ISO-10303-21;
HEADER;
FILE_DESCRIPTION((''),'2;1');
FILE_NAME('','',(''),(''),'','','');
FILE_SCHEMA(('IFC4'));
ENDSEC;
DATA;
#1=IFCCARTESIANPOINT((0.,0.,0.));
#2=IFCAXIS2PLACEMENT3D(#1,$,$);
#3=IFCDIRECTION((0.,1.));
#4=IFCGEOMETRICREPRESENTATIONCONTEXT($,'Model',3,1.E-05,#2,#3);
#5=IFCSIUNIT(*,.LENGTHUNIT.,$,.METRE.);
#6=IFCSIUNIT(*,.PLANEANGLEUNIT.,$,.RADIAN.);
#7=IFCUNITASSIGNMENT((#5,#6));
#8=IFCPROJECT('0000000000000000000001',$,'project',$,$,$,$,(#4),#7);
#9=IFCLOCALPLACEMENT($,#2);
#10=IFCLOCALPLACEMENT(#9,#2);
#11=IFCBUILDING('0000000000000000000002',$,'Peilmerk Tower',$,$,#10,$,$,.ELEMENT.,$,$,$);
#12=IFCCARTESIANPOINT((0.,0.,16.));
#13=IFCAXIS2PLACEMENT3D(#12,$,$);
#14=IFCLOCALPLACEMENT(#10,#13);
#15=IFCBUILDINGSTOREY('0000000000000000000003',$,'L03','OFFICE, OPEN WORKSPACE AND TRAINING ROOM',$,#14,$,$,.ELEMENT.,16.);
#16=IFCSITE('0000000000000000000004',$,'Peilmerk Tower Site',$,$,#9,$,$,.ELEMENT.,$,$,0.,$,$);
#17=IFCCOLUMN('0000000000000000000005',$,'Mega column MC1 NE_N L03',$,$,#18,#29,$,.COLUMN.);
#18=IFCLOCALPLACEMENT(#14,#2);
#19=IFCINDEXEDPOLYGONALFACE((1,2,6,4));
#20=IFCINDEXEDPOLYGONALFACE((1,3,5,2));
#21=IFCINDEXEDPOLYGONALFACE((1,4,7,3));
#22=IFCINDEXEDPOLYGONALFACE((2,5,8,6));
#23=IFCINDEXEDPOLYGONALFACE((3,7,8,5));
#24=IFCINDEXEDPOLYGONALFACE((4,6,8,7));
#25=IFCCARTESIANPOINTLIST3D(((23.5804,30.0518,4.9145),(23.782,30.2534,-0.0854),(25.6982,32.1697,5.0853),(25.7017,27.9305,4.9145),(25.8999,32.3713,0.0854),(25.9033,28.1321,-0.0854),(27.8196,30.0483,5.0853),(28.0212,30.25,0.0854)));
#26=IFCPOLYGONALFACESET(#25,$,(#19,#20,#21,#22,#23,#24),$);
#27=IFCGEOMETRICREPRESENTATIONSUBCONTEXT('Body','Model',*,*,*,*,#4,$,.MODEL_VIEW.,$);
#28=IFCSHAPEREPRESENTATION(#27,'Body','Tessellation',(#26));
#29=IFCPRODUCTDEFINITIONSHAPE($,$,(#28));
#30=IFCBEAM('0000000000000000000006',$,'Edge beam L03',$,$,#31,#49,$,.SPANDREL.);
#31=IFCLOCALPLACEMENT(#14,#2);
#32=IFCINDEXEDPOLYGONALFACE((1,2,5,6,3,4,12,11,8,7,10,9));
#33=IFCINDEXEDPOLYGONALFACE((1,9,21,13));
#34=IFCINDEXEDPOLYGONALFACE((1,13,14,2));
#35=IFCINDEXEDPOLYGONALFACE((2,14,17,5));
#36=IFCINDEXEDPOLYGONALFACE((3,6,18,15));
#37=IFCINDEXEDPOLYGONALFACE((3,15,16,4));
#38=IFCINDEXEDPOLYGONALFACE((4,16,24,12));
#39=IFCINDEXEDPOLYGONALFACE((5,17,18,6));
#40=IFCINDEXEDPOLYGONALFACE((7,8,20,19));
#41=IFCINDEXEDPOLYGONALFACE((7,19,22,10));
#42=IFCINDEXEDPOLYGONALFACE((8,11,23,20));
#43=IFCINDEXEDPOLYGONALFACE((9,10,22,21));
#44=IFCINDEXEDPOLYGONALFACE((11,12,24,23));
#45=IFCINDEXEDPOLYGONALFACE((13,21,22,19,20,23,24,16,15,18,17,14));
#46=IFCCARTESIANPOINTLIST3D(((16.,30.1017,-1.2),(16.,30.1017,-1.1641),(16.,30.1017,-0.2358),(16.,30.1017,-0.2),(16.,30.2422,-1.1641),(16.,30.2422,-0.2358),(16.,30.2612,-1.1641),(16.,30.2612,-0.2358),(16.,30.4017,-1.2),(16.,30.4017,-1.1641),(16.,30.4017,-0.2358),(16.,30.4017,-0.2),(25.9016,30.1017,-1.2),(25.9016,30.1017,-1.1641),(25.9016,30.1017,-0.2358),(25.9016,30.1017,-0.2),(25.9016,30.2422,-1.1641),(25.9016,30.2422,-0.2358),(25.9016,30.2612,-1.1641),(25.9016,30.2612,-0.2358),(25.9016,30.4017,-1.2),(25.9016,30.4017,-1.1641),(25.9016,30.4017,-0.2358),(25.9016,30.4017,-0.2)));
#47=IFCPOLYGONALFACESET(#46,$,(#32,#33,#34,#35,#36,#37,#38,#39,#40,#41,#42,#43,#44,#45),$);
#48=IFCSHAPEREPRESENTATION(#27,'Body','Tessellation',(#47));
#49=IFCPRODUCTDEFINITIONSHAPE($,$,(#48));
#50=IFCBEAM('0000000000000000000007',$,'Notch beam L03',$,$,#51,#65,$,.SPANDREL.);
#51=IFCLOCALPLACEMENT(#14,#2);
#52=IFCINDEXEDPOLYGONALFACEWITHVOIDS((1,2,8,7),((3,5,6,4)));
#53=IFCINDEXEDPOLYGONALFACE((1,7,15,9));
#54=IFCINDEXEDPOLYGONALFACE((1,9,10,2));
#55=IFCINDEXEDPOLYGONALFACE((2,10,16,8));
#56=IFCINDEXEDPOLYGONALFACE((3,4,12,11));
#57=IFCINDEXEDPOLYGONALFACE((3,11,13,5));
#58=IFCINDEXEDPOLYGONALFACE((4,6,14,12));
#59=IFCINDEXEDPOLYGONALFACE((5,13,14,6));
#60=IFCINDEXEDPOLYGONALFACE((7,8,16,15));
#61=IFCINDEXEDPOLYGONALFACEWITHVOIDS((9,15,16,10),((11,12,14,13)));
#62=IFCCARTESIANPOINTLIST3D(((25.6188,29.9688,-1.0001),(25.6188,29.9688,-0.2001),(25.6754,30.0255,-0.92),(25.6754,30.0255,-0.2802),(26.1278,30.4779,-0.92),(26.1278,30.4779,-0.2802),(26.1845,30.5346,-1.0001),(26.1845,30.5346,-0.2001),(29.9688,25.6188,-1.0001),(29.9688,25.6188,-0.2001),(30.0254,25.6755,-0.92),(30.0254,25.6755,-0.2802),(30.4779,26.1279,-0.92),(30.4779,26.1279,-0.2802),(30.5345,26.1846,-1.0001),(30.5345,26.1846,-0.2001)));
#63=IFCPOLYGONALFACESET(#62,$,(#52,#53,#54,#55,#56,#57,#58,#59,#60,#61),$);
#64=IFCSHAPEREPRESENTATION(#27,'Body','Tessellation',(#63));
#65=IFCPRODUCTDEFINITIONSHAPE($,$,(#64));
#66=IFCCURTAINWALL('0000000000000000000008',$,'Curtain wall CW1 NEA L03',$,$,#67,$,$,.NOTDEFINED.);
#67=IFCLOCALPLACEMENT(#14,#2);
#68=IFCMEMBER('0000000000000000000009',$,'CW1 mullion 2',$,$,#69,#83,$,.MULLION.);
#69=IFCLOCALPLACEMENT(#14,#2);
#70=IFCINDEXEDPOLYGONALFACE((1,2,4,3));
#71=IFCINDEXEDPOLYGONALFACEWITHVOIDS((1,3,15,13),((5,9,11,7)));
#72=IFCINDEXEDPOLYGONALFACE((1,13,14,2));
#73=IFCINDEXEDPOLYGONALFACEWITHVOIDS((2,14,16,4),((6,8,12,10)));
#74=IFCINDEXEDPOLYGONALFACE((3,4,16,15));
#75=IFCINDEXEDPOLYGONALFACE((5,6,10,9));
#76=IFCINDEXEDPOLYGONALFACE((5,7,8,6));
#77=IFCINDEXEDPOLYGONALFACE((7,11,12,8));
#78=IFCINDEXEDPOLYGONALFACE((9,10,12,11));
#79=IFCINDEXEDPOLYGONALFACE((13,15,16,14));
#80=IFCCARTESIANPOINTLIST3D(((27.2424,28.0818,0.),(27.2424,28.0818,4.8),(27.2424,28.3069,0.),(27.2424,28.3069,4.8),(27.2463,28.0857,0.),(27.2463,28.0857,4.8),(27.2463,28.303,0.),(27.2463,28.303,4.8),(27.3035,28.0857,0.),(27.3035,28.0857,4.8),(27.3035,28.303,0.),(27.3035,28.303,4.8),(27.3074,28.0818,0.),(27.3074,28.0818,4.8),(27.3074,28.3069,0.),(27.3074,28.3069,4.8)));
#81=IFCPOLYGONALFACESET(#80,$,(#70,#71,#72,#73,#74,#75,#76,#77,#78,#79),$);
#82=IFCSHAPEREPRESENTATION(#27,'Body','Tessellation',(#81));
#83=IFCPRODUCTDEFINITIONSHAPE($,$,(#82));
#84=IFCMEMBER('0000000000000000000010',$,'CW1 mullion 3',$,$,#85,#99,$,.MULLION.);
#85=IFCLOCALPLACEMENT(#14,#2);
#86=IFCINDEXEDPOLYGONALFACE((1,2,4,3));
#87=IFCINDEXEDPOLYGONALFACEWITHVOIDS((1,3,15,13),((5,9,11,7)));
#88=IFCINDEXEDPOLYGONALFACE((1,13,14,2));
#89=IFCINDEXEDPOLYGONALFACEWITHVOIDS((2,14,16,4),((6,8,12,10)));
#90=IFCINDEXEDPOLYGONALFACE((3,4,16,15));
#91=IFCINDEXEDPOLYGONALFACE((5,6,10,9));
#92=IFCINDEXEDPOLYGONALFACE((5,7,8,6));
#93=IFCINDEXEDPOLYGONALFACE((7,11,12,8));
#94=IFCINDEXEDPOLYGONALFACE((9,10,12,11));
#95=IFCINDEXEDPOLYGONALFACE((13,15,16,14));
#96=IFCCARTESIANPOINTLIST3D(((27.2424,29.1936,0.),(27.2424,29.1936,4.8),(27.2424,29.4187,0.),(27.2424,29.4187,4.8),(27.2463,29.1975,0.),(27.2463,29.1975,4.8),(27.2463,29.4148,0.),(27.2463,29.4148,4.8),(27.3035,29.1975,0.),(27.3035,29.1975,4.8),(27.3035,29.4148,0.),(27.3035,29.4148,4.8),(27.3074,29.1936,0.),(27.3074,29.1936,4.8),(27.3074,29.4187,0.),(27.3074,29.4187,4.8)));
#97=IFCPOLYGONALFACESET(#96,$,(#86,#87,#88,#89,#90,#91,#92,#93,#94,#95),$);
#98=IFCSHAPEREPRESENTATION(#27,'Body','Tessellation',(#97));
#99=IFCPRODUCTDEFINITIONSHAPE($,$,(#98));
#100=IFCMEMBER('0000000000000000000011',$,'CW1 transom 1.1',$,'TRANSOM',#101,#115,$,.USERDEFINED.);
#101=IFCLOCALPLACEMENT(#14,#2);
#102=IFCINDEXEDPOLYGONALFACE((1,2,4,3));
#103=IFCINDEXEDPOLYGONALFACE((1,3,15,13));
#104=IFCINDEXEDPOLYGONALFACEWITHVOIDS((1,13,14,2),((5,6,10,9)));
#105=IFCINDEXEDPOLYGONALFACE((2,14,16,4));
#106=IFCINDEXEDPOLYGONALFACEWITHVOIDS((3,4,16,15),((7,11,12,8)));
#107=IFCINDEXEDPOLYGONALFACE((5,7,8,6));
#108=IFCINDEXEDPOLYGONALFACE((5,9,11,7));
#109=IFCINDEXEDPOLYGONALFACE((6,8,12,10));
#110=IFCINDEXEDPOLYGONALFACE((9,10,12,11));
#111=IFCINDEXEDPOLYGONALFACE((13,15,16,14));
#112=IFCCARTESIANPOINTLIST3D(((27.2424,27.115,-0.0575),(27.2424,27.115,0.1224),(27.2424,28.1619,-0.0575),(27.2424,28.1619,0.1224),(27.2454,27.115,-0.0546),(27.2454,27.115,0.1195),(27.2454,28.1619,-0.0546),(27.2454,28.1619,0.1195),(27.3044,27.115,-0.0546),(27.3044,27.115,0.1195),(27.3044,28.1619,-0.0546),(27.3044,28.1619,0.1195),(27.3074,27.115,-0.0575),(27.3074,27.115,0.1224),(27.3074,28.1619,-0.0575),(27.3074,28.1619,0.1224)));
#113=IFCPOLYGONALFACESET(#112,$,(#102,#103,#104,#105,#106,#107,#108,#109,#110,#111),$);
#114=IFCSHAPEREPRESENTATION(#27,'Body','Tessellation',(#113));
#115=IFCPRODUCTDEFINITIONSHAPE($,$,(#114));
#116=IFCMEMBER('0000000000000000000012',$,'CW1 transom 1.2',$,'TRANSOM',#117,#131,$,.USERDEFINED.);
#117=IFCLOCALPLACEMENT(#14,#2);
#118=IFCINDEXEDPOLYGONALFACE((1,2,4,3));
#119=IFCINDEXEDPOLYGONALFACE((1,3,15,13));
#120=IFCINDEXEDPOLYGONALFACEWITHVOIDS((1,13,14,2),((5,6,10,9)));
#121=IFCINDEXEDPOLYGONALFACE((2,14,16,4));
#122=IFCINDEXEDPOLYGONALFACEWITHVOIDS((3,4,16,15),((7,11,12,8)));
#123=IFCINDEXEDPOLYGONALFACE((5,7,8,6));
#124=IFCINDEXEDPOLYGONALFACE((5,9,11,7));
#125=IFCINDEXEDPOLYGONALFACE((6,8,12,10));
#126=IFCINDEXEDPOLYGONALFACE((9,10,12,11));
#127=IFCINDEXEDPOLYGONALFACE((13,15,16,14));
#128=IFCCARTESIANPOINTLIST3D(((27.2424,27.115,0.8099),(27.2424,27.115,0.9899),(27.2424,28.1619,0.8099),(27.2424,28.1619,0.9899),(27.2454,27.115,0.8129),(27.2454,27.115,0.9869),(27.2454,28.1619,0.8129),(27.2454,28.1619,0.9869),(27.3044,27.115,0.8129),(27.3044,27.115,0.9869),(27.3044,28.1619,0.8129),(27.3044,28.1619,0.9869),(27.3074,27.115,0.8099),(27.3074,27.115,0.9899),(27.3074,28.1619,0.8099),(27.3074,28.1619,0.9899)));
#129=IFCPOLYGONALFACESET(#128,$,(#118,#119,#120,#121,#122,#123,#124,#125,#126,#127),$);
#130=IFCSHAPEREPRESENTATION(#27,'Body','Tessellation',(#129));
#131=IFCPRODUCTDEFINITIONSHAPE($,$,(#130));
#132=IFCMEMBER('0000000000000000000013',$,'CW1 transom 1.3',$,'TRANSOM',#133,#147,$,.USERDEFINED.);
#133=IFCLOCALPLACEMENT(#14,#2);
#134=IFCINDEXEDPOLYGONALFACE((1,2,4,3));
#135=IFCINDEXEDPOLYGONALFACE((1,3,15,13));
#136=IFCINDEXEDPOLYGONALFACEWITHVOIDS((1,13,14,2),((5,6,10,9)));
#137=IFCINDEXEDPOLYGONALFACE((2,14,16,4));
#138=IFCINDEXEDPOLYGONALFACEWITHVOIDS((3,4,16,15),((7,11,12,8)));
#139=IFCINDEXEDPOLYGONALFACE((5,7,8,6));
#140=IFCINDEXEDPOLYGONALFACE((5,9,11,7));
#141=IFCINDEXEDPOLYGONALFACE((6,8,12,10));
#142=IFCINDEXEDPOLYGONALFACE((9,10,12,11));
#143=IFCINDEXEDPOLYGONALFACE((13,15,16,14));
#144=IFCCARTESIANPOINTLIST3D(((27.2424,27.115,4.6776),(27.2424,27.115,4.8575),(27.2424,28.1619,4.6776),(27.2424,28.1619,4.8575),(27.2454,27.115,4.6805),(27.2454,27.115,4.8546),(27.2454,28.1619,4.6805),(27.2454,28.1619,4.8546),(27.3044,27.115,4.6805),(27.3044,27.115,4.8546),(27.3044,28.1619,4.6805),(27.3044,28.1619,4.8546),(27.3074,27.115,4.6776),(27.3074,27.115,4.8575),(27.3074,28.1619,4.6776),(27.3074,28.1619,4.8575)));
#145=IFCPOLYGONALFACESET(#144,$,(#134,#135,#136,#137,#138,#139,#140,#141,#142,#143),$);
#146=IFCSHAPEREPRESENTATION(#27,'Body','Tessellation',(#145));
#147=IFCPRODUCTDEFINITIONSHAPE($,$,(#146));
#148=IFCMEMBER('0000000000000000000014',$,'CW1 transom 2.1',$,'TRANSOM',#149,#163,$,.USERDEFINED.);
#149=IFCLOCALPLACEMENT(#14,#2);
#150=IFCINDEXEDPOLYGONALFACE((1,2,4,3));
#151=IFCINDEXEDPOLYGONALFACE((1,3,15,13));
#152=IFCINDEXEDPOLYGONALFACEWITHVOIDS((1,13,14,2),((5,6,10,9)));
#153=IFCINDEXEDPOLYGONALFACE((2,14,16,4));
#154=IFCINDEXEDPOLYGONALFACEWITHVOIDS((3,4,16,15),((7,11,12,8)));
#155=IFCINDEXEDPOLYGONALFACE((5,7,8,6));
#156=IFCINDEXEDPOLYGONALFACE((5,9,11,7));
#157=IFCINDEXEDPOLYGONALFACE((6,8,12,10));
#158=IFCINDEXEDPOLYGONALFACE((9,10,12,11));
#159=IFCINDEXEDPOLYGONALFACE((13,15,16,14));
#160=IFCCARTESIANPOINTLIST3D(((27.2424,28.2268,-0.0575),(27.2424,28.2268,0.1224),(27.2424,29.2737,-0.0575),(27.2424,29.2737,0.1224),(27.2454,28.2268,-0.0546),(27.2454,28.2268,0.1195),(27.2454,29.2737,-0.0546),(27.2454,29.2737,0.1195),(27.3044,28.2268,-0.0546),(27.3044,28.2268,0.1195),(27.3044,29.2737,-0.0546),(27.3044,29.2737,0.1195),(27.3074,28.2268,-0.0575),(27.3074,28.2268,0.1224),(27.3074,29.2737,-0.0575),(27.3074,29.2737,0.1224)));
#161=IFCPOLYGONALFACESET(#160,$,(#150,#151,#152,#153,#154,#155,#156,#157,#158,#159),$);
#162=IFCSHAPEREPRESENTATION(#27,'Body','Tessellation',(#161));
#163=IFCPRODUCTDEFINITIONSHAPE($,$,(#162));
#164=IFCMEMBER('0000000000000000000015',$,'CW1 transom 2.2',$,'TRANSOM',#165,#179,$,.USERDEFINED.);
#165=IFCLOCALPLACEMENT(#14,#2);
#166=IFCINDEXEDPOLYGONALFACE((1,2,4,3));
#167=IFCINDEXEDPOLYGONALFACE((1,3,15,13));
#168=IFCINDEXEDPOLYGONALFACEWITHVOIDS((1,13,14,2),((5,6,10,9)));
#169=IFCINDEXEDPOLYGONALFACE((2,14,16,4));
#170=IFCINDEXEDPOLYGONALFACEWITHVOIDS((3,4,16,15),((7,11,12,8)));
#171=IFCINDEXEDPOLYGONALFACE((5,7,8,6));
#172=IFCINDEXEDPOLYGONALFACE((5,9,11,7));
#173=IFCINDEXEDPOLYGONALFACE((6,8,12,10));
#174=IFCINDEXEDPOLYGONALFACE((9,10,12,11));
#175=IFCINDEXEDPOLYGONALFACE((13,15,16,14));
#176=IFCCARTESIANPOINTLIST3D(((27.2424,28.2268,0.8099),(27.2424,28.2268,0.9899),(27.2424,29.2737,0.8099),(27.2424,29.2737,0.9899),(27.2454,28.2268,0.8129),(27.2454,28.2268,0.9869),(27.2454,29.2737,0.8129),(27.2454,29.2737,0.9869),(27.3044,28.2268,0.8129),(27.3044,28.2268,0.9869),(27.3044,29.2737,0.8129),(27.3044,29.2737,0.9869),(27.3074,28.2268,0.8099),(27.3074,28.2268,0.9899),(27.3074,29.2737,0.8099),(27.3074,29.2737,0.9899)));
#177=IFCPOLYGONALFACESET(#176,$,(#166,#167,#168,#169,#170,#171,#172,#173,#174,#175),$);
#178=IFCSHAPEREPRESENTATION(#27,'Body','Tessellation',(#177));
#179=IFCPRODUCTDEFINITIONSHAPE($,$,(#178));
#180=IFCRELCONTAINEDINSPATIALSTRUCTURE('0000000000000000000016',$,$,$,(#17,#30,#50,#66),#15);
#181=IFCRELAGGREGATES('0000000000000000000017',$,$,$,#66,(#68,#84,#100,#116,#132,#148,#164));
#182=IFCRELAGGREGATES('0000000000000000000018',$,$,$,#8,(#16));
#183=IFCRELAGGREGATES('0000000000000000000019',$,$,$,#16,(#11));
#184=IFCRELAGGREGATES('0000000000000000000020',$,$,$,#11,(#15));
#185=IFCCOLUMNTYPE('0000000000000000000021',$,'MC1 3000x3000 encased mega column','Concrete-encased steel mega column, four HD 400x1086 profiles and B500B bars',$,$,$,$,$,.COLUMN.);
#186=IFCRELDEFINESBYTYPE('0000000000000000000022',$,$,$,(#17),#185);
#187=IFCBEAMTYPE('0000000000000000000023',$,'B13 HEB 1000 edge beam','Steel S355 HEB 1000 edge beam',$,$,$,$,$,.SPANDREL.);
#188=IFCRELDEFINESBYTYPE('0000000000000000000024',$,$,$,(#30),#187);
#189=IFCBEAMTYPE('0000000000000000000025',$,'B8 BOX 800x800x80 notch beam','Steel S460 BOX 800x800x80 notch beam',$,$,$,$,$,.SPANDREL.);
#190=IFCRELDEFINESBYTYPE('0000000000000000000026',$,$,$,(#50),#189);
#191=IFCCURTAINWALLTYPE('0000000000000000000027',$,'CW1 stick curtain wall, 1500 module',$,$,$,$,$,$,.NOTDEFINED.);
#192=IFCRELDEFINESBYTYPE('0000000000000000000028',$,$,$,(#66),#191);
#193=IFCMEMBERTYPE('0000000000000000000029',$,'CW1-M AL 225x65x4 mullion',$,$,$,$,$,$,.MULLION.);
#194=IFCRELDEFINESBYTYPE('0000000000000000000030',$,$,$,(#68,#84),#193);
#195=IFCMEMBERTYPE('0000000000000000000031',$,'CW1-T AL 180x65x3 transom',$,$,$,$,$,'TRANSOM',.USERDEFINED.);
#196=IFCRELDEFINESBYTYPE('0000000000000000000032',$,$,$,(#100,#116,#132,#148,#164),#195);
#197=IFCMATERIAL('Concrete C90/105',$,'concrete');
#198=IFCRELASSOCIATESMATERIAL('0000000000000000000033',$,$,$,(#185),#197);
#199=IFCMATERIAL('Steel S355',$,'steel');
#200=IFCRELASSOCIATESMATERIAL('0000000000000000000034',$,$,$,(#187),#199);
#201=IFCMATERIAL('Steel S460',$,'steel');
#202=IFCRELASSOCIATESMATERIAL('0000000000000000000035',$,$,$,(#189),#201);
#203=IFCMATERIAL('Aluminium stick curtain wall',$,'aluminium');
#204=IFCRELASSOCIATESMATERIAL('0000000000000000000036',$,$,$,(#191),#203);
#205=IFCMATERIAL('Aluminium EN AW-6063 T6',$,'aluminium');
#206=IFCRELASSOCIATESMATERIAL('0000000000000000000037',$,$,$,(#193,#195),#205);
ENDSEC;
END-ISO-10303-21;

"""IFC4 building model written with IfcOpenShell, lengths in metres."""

from ifc_helpers import new_model, si_unit, direction, frame, origin, origin_2d, place, context, subcontext, project, spatial, rectangle, hollow_rectangle, i_section, extrude, material, material_profile, profile_set, type_object, element, aggregate, save


model = new_model("IFC4")

# Units and contexts
model_context = context("Model", 3, precision=1e-05, world=origin(), true_north=direction((0.0, 1.0)))
body_context = subcontext(model_context, "Body", "Model", "MODEL_VIEW")
ifc_project = project(units=[si_unit("LENGTHUNIT", "METRE"), si_unit("PLANEANGLEUNIT", "RADIAN")], contexts=[model_context])

# Site, building, storey
site_placement = place(None, origin())
site = spatial("IfcSite", under=ifc_project, at=site_placement, Name="Peilmerk Tower Site", CompositionType="ELEMENT", RefElevation=0.0)
building_placement = place(site_placement, origin())
building = spatial("IfcBuilding", under=site, at=building_placement, Name="Peilmerk Tower", CompositionType="ELEMENT")
storey_placement = place(building_placement, frame((0.0, 0.0, 16.0)))
storey = spatial("IfcBuildingStorey", under=building, at=storey_placement, Name="L03", Description="OFFICE, OPEN WORKSPACE AND TRAINING ROOM", CompositionType="ELEMENT", Elevation=16.0)

# Column
ifc_material_1 = material(Name="Concrete C90/105", Category="concrete")
ifc_material_profile_1 = material_profile(ifc_material_1, rectangle(XDim=3.0, YDim=3.0, at=origin_2d()), Name="RC 3000x3000")
ifc_profile_set_1 = profile_set([ifc_material_profile_1], Name="Concrete C90/105")
column_type = type_object("IfcColumnType", Name="MC1 3000x3000 encased mega column", Description="Concrete-encased steel mega column, four HD 400x1086 profiles and B500B bars", PredefinedType="COLUMN", material=ifc_profile_set_1)
column_placement = place(storey_placement, frame((25.9016, 30.2517, 0.0), z_axis=(-0.040267, -0.040267, 0.998377), x_axis=(0.707107, -0.707107, 0.0)))
element("IfcColumn", 1, at=column_placement, inside=storey, type_object=column_type, Name="Mega column MC1 NE_N L03", PredefinedType="COLUMN", context=body_context, shape_type="SweptSolid", body=[
    extrude(rectangle(XDim=3.0, YDim=3.0, at=origin_2d()), origin(), (0.0, 0.0, 1.0), 5.0081),
])

# Beams
ifc_material_2 = material(Name="Steel S355", Category="steel")
ifc_material_profile_2 = material_profile(ifc_material_2, i_section(OverallWidth=0.3, OverallDepth=1.0, WebThickness=0.019, FlangeThickness=0.0359, at=origin_2d()), Name="HEB 1000")
ifc_profile_set_2 = profile_set([ifc_material_profile_2], Name="Steel S355")
beam_type_1 = type_object("IfcBeamType", Name="B13 HEB 1000 edge beam", Description="Steel S355 HEB 1000 edge beam", PredefinedType="SPANDREL", material=ifc_profile_set_2)
beam_1_placement = place(storey_placement, frame((25.9016, 30.2517, -0.7), z_axis=(-1.0, 0.0, 0.0), x_axis=(0.0, -1.0, 0.0)))
element("IfcBeam", 2, at=beam_1_placement, inside=storey, type_object=beam_type_1, Name="Edge beam L03", PredefinedType="SPANDREL", context=body_context, shape_type="SweptSolid", body=[
    extrude(i_section(OverallWidth=0.3, OverallDepth=1.0, WebThickness=0.019, FlangeThickness=0.0359, at=origin_2d()), origin(), (0.0, 0.0, 1.0), 9.9016),
])
ifc_material_3 = material(Name="Steel S460", Category="steel")
ifc_material_profile_3 = material_profile(ifc_material_3, hollow_rectangle(XDim=0.8, YDim=0.8, WallThickness=0.0801, at=origin_2d()), Name="BOX 800x800x80")
ifc_profile_set_3 = profile_set([ifc_material_profile_3], Name="Steel S460")
beam_type_2 = type_object("IfcBeamType", Name="B8 BOX 800x800x80 notch beam", Description="Steel S460 BOX 800x800x80 notch beam", PredefinedType="SPANDREL", material=ifc_profile_set_3)
beam_2_placement = place(storey_placement, frame((25.9016, 30.2517, -0.6001), z_axis=(0.707107, -0.707107, 0.0), x_axis=(0.707107, 0.707107, 0.0)))
element("IfcBeam", 3, at=beam_2_placement, inside=storey, type_object=beam_type_2, Name="Notch beam L03", PredefinedType="SPANDREL", context=body_context, shape_type="SweptSolid", body=[
    extrude(hollow_rectangle(XDim=0.8, YDim=0.8, WallThickness=0.0801, at=origin_2d()), origin(), (0.0, 0.0, 1.0), 6.1519),
])

# Curtain wall, members
ifc_material_4 = material(Name="Aluminium stick curtain wall", Category="aluminium")
curtain_wall_type = type_object("IfcCurtainWallType", Name="CW1 stick curtain wall, 1500 module", PredefinedType="NOTDEFINED", material=ifc_material_4)
curtain_wall_placement = place(storey_placement, origin())
curtain_wall = element("IfcCurtainWall", 4, at=curtain_wall_placement, inside=storey, type_object=curtain_wall_type, Name="Curtain wall CW1 NEA L03", PredefinedType="NOTDEFINED")
ifc_material_5 = material(Name="Aluminium EN AW-6063 T6", Category="aluminium")
ifc_material_profile_4 = material_profile(ifc_material_5, hollow_rectangle(XDim=0.0649, YDim=0.2251, WallThickness=0.0039, at=origin_2d()), Name="AL 225x65x4")
ifc_profile_set_4 = profile_set([ifc_material_profile_4], Name="Aluminium EN AW-6063 T6")
member_type_1 = type_object("IfcMemberType", Name="CW1-M AL 225x65x4 mullion", PredefinedType="MULLION", material=ifc_profile_set_4)
member_1_placement = place(storey_placement, frame((27.2749, 28.1943, 0.0), z_axis=(0.0, 0.0, 1.0), x_axis=(-1.0, 0.0, 0.0)))
member_1 = element("IfcMember", 5, at=member_1_placement, type_object=member_type_1, Name="CW1 mullion 2", PredefinedType="MULLION", context=body_context, shape_type="SweptSolid", body=[
    extrude(hollow_rectangle(XDim=0.0649, YDim=0.2251, WallThickness=0.0039, at=origin_2d()), origin(), (0.0, 0.0, 1.0), 4.8),
])
member_2_placement = place(storey_placement, frame((27.2749, 29.3062, 0.0), z_axis=(0.0, 0.0, 1.0), x_axis=(-1.0, 0.0, 0.0)))
member_2 = element("IfcMember", 6, at=member_2_placement, type_object=member_type_1, Name="CW1 mullion 3", PredefinedType="MULLION", context=body_context, shape_type="SweptSolid", body=[
    extrude(hollow_rectangle(XDim=0.0649, YDim=0.2251, WallThickness=0.0039, at=origin_2d()), origin(), (0.0, 0.0, 1.0), 4.8),
])
ifc_material_profile_5 = material_profile(ifc_material_5, hollow_rectangle(XDim=0.0649, YDim=0.1799, WallThickness=0.0029, at=origin_2d()), Name="AL 180x65x3")
ifc_profile_set_5 = profile_set([ifc_material_profile_5], Name="Aluminium EN AW-6063 T6")
member_type_2 = type_object("IfcMemberType", Name="CW1-T AL 180x65x3 transom", ElementType="TRANSOM", PredefinedType="USERDEFINED", material=ifc_profile_set_5)
member_3_placement = place(storey_placement, frame((27.2749, 27.115, 0.0325), z_axis=(0.0, 1.0, 0.0), x_axis=(-1.0, 0.0, 0.0)))
member_3 = element("IfcMember", 7, at=member_3_placement, type_object=member_type_2, Name="CW1 transom 1.1", ObjectType="TRANSOM", PredefinedType="USERDEFINED", context=body_context, shape_type="SweptSolid", body=[
    extrude(hollow_rectangle(XDim=0.0649, YDim=0.1799, WallThickness=0.0029, at=origin_2d()), origin(), (0.0, 0.0, 1.0), 1.0469),
])
member_4_placement = place(storey_placement, frame((27.2749, 27.115, 0.8999), z_axis=(0.0, 1.0, 0.0), x_axis=(-1.0, 0.0, 0.0)))
member_4 = element("IfcMember", 8, at=member_4_placement, type_object=member_type_2, Name="CW1 transom 1.2", ObjectType="TRANSOM", PredefinedType="USERDEFINED", context=body_context, shape_type="SweptSolid", body=[
    extrude(hollow_rectangle(XDim=0.0649, YDim=0.1799, WallThickness=0.0029, at=origin_2d()), origin(), (0.0, 0.0, 1.0), 1.0469),
])
member_5_placement = place(storey_placement, frame((27.2749, 27.115, 4.7676), z_axis=(0.0, 1.0, 0.0), x_axis=(-1.0, 0.0, 0.0)))
member_5 = element("IfcMember", 9, at=member_5_placement, type_object=member_type_2, Name="CW1 transom 1.3", ObjectType="TRANSOM", PredefinedType="USERDEFINED", context=body_context, shape_type="SweptSolid", body=[
    extrude(hollow_rectangle(XDim=0.0649, YDim=0.1799, WallThickness=0.0029, at=origin_2d()), origin(), (0.0, 0.0, 1.0), 1.0469),
])
member_6_placement = place(storey_placement, frame((27.2749, 28.2268, 0.0325), z_axis=(0.0, 1.0, 0.0), x_axis=(-1.0, 0.0, 0.0)))
member_6 = element("IfcMember", 10, at=member_6_placement, type_object=member_type_2, Name="CW1 transom 2.1", ObjectType="TRANSOM", PredefinedType="USERDEFINED", context=body_context, shape_type="SweptSolid", body=[
    extrude(hollow_rectangle(XDim=0.0649, YDim=0.1799, WallThickness=0.0029, at=origin_2d()), origin(), (0.0, 0.0, 1.0), 1.0469),
])
member_7_placement = place(storey_placement, frame((27.2749, 28.2268, 0.8999), z_axis=(0.0, 1.0, 0.0), x_axis=(-1.0, 0.0, 0.0)))
member_7 = element("IfcMember", 11, at=member_7_placement, type_object=member_type_2, Name="CW1 transom 2.2", ObjectType="TRANSOM", PredefinedType="USERDEFINED", context=body_context, shape_type="SweptSolid", body=[
    extrude(hollow_rectangle(XDim=0.0649, YDim=0.1799, WallThickness=0.0029, at=origin_2d()), origin(), (0.0, 0.0, 1.0), 1.0469),
])
aggregate(curtain_wall, [member_1, member_2, member_3, member_4, member_5, member_6, member_7])

save(model, "model.ifc")
